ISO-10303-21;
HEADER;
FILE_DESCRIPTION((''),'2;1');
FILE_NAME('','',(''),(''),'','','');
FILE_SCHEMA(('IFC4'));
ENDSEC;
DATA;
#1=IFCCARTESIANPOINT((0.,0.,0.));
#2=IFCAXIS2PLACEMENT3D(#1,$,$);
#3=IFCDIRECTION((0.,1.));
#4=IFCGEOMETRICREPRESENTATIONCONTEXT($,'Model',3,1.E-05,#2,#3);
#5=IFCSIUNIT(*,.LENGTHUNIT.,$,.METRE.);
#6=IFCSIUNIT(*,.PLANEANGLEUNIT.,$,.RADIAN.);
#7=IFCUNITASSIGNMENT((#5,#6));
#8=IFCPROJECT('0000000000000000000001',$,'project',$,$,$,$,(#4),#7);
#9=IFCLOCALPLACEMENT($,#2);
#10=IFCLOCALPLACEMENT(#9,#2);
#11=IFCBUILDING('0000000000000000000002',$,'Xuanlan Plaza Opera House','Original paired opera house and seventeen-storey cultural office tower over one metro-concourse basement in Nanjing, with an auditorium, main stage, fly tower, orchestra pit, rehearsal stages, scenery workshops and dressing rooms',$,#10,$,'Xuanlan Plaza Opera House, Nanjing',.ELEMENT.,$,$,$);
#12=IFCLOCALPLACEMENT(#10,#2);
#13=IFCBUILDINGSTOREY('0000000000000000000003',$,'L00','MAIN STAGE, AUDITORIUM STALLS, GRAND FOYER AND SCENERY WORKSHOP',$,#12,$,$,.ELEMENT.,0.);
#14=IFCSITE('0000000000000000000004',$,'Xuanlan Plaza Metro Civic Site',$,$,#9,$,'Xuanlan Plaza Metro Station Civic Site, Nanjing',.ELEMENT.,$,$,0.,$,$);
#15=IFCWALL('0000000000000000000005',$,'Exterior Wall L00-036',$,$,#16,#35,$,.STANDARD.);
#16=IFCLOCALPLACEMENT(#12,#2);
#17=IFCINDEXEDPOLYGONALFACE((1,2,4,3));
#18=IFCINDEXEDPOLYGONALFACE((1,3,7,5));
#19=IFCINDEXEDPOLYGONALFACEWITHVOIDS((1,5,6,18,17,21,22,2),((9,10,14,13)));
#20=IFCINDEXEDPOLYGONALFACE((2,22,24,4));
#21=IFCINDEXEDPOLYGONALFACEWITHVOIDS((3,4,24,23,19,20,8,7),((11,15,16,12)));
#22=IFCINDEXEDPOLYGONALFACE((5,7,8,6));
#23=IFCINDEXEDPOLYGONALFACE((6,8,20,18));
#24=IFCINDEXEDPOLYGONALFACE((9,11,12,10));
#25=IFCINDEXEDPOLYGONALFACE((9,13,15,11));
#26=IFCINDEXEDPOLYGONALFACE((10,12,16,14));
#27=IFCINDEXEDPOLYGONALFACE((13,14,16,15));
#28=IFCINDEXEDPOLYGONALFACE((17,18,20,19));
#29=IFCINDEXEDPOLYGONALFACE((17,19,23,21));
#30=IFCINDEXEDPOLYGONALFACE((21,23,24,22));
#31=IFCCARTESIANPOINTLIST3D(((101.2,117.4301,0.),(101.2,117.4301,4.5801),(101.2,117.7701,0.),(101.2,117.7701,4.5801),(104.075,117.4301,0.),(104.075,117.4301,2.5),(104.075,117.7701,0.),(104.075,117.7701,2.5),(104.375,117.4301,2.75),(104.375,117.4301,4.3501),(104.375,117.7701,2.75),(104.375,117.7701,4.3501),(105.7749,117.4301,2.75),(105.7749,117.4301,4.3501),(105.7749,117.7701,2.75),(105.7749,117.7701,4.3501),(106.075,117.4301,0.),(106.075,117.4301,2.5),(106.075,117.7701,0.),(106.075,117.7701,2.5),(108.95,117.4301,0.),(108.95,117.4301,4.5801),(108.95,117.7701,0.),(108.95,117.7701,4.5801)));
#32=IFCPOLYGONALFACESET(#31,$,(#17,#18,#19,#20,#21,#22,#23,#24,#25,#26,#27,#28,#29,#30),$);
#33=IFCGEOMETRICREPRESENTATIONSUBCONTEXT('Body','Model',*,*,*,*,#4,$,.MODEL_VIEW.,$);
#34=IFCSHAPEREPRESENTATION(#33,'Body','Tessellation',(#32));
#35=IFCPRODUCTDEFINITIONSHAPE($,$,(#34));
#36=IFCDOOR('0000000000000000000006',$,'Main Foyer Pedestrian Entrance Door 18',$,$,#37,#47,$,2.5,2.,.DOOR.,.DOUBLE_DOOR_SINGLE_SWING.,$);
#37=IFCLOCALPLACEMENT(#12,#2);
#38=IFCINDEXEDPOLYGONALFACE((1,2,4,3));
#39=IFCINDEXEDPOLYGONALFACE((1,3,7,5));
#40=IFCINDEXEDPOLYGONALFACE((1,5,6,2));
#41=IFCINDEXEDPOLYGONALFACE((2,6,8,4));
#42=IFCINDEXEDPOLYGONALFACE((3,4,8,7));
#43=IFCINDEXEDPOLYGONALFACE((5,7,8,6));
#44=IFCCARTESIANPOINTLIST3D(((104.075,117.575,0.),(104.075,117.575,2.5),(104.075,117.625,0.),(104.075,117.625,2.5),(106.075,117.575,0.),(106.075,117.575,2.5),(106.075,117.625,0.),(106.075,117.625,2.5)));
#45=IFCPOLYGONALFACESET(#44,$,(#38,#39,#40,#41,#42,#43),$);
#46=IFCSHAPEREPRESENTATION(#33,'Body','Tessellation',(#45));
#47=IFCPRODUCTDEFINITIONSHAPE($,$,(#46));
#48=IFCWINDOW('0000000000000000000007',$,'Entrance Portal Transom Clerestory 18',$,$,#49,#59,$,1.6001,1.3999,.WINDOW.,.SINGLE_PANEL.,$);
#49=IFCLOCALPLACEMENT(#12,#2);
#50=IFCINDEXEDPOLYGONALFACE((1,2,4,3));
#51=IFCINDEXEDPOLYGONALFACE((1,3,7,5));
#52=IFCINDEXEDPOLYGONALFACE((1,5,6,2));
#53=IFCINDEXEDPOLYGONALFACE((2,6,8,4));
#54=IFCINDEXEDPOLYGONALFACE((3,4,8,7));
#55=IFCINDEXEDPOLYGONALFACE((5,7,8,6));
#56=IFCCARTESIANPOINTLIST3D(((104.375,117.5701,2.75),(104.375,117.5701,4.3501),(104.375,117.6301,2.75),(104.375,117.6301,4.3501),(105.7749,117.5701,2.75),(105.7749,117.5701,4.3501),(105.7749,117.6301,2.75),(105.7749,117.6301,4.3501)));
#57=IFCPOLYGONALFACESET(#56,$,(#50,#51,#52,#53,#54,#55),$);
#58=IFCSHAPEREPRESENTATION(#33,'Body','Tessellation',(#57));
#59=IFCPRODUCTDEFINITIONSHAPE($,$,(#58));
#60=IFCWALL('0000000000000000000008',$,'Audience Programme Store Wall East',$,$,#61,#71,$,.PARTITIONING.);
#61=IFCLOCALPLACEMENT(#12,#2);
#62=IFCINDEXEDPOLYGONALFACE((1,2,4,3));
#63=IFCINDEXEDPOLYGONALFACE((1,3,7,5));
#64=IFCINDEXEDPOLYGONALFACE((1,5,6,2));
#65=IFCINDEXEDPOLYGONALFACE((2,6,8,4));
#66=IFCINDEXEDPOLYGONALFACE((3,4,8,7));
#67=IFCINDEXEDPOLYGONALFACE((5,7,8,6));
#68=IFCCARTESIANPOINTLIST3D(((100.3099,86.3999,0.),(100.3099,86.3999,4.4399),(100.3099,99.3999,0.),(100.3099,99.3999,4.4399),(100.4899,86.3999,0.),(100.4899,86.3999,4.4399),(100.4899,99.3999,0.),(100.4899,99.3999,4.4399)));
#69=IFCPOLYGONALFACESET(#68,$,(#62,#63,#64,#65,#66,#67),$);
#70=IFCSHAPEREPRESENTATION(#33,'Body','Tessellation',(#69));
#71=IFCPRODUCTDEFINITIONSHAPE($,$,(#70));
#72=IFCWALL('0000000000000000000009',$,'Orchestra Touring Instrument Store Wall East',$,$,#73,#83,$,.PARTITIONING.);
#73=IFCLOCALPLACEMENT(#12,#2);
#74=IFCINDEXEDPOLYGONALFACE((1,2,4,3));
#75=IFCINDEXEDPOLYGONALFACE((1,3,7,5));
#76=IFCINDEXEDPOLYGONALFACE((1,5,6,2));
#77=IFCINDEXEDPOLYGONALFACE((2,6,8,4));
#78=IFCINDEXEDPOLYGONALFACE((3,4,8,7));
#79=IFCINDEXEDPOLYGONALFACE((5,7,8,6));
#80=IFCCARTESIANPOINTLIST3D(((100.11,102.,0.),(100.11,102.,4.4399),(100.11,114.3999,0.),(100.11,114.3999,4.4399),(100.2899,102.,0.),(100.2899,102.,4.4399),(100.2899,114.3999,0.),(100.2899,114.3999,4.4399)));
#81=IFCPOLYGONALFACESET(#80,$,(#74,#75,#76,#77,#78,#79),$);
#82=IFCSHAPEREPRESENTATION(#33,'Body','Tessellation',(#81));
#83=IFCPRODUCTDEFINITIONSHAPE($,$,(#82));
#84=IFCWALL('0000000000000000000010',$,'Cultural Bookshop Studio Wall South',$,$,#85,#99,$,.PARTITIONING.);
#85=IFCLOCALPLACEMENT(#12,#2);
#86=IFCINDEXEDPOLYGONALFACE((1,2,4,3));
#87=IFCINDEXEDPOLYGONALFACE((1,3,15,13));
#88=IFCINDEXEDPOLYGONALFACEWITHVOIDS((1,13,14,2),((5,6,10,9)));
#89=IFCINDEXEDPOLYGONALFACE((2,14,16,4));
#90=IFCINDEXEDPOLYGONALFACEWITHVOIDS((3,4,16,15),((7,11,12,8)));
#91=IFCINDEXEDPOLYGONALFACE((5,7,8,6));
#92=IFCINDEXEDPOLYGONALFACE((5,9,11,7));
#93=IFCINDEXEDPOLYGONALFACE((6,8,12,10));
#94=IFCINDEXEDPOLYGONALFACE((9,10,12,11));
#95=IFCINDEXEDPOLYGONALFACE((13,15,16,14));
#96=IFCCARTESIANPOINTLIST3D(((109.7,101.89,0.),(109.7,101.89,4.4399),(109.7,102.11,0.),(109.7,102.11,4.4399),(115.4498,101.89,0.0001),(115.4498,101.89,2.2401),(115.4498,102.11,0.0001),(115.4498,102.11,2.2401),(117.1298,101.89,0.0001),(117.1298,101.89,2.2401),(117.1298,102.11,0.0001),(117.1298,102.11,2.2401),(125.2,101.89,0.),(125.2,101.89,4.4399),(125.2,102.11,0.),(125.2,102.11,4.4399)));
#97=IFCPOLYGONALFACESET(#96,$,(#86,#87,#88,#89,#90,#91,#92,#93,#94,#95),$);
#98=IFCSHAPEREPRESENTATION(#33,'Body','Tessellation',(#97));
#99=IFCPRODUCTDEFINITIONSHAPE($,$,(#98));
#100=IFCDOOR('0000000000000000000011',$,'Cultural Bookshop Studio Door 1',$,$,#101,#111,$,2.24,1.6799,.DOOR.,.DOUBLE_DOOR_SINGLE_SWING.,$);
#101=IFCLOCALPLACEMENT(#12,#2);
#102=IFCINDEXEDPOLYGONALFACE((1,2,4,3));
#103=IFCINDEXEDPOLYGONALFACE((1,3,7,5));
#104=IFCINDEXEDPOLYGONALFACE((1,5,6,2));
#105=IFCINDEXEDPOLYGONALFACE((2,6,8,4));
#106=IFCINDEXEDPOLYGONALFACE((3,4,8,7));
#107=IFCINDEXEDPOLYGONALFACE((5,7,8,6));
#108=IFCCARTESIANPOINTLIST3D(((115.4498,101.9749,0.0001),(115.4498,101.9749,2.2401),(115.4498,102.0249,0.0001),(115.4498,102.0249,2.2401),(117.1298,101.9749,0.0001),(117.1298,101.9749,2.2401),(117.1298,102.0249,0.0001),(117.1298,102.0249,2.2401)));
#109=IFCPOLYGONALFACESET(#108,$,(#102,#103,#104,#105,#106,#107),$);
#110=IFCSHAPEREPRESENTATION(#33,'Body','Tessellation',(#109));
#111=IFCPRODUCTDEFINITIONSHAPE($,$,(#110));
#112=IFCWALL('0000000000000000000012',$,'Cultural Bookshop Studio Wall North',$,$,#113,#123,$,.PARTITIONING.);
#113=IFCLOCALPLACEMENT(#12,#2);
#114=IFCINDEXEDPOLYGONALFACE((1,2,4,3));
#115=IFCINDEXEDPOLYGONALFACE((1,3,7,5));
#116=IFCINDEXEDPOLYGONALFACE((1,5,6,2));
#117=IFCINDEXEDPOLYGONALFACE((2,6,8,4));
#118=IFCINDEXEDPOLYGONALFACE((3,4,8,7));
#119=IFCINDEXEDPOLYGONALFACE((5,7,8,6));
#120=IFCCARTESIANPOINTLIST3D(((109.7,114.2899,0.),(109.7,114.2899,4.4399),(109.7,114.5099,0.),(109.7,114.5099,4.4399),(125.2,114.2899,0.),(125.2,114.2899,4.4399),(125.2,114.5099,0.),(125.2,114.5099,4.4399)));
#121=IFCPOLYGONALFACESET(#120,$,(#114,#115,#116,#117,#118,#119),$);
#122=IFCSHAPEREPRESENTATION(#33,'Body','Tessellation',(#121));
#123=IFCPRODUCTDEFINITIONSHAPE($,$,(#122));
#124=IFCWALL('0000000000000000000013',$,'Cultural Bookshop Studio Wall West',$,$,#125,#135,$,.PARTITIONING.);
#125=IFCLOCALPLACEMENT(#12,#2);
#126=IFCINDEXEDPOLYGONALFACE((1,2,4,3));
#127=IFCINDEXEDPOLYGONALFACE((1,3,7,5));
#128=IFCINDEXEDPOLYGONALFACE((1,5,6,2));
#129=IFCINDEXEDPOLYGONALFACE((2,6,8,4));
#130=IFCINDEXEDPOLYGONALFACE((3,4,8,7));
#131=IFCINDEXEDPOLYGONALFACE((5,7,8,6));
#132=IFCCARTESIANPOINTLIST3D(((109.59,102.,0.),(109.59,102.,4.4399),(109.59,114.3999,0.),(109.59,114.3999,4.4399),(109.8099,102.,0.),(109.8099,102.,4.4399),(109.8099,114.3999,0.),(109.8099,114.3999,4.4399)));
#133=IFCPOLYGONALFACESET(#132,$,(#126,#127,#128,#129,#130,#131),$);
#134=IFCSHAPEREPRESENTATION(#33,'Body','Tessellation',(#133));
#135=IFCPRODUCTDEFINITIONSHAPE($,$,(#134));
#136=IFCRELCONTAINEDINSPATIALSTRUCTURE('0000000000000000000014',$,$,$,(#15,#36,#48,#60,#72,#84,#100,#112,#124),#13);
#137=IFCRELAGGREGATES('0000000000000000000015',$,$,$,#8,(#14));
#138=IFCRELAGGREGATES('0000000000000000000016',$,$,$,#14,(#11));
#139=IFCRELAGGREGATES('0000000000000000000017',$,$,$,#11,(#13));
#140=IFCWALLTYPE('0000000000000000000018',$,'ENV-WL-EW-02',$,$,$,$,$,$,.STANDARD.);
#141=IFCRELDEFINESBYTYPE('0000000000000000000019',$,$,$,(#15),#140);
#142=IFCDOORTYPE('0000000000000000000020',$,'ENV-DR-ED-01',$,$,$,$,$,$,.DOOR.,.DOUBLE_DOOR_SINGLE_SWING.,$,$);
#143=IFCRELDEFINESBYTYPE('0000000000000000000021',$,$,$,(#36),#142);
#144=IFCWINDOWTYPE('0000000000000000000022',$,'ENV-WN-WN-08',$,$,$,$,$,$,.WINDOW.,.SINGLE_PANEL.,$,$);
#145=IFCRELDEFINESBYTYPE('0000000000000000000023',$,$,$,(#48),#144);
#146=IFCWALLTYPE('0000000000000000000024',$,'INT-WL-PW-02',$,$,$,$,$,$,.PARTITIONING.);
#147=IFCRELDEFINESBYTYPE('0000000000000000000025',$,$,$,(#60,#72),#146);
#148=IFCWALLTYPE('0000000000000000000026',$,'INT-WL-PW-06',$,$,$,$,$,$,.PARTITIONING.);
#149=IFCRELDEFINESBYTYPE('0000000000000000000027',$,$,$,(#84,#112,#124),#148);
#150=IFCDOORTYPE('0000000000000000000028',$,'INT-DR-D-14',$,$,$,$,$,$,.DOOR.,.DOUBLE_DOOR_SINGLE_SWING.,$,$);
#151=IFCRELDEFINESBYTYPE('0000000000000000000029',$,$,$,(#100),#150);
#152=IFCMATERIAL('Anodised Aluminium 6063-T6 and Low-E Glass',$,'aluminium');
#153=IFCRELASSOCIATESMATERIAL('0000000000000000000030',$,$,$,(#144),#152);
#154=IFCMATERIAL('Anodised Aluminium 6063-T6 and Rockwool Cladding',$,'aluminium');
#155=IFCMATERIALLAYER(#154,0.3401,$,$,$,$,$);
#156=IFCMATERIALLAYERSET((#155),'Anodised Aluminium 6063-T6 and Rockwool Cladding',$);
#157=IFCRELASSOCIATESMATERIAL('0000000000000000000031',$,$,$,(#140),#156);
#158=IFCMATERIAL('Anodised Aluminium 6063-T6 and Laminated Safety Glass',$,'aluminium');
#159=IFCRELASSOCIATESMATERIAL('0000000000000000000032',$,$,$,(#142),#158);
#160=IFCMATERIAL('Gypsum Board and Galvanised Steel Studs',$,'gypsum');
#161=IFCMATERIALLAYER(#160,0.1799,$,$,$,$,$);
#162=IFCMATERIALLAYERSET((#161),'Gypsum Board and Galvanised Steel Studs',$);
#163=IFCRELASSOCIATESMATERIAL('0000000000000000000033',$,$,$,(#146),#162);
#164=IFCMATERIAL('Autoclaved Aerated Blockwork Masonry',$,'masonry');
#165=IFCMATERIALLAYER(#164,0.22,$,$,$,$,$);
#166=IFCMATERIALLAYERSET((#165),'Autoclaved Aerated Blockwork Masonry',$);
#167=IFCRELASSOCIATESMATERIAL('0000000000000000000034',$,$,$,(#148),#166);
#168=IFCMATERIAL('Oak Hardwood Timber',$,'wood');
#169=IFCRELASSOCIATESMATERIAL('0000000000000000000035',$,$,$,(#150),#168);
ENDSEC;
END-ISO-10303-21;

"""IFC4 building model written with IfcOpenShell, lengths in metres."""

from ifc_helpers import new_model, si_unit, direction, frame, frame_2d, origin, place, context, subcontext, project, spatial, rectangle, extrude, material, layer, layer_set, type_object, element, fill, save


model = new_model("IFC4")

# Units and contexts
model_context = context("Model", 3, precision=1e-05, world=origin(), true_north=direction((0.0, 1.0)))
body_context = subcontext(model_context, "Body", "Model", "MODEL_VIEW")
ifc_project = project(units=[si_unit("LENGTHUNIT", "METRE"), si_unit("PLANEANGLEUNIT", "RADIAN")], contexts=[model_context])

# Site, building, storey
site_placement = place(None, origin())
site = spatial("IfcSite", under=ifc_project, at=site_placement, Name="Xuanlan Plaza Metro Civic Site", LongName="Xuanlan Plaza Metro Station Civic Site, Nanjing", CompositionType="ELEMENT", RefElevation=0.0)
building_placement = place(site_placement, origin())
building = spatial("IfcBuilding", under=site, at=building_placement, Name="Xuanlan Plaza Opera House", Description="Original paired opera house and seventeen-storey cultural office tower over one metro-concourse basement in Nanjing, with an auditorium, main stage, fly tower, orchestra pit, rehearsal stages, scenery workshops and dressing rooms", LongName="Xuanlan Plaza Opera House, Nanjing", CompositionType="ELEMENT")
storey_placement = place(building_placement, origin())
storey = spatial("IfcBuildingStorey", under=building, at=storey_placement, Name="L00", Description="MAIN STAGE, AUDITORIUM STALLS, GRAND FOYER AND SCENERY WORKSHOP", CompositionType="ELEMENT", Elevation=0.0)

# Wall, openings, door, window
ifc_material_1 = material(Name="Anodised Aluminium 6063-T6 and Rockwool Cladding", Category="aluminium")
ifc_material_2 = material(Name="Anodised Aluminium 6063-T6 and Laminated Safety Glass", Category="aluminium")
ifc_material_3 = material(Name="Anodised Aluminium 6063-T6 and Low-E Glass", Category="aluminium")
window_type = type_object("IfcWindowType", Name="ENV-WN-WN-08", PartitioningType="SINGLE_PANEL", PredefinedType="WINDOW", material=ifc_material_3)
ifc_layer_1 = layer(ifc_material_1, 0.3401)
ifc_layer_set_1 = layer_set([ifc_layer_1], Name="Anodised Aluminium 6063-T6 and Rockwool Cladding")
wall_type_1 = type_object("IfcWallType", Name="ENV-WL-EW-02", PredefinedType="STANDARD", material=ifc_layer_set_1)
wall_1_placement = place(storey_placement, frame((108.95, 117.6001, 0.0), z_axis=(0.0, 0.0, 1.0), x_axis=(-1.0, 0.0, 0.0)))
wall_1 = element("IfcWall", 1, at=wall_1_placement, inside=storey, type_object=wall_type_1, Name="Exterior Wall L00-036", PredefinedType="STANDARD", context=body_context, shape_type="SweptSolid", body=[
    extrude(rectangle(XDim=7.75, YDim=0.3401, at=frame_2d((3.875, 0.0))), origin(), (0.0, 0.0, 1.0), 4.5801),
])
opening_1_placement = place(wall_1_placement, frame((2.875, 0.0, 0.0)))
opening_1 = element("IfcOpeningElement", 2, at=opening_1_placement, cuts=wall_1, PredefinedType="OPENING", context=body_context, shape_type="SweptSolid", body=[
    extrude(rectangle(XDim=2.0, YDim=2.5, at=frame_2d((1.0, 1.25))), frame((0.0, 0.1799, 0.0), z_axis=(0.0, -1.0, 0.0), x_axis=(1.0, 0.0, 0.0)), (0.0, 0.0, 1.0), 0.3601),
])
opening_2_placement = place(wall_1_placement, frame((3.175, 0.0, 2.75)))
opening_2 = element("IfcOpeningElement", 3, at=opening_2_placement, cuts=wall_1, PredefinedType="OPENING", context=body_context, shape_type="SweptSolid", body=[
    extrude(rectangle(XDim=1.3999, YDim=1.6001, at=frame_2d((0.7, 0.8))), frame((0.0, 0.1799, 0.0), z_axis=(0.0, -1.0, 0.0), x_axis=(1.0, 0.0, 0.0)), (0.0, 0.0, 1.0), 0.3601),
])
door_type_1 = type_object("IfcDoorType", Name="ENV-DR-ED-01", OperationType="DOUBLE_DOOR_SINGLE_SWING", PredefinedType="DOOR", material=ifc_material_2)
door_1_placement = place(opening_1_placement, frame((2.0, 0.0, 0.0), z_axis=(0.0, 0.0, 1.0), x_axis=(-1.0, 0.0, 0.0)))
door_1 = element("IfcDoor", 4, at=door_1_placement, inside=storey, type_object=door_type_1, Name="Main Foyer Pedestrian Entrance Door 18", OperationType="DOUBLE_DOOR_SINGLE_SWING", OverallHeight=2.5, OverallWidth=2.0, PredefinedType="DOOR", context=body_context, shape_type="SweptSolid", body=[
    extrude(rectangle(XDim=2.0, YDim=2.5, at=frame_2d((1.0, 1.25))), frame((0.0, 0.0249, 0.0), z_axis=(0.0, -1.0, 0.0), x_axis=(1.0, 0.0, 0.0)), (0.0, 0.0, 1.0), 0.05),
])
fill(opening_1, door_1)
window_1_placement = place(opening_2_placement, origin())
window_1 = element("IfcWindow", 5, at=window_1_placement, inside=storey, type_object=window_type, Name="Entrance Portal Transom Clerestory 18", OverallHeight=1.6001, OverallWidth=1.3999, PartitioningType="SINGLE_PANEL", PredefinedType="WINDOW", context=body_context, shape_type="SweptSolid", body=[
    extrude(rectangle(XDim=1.3999, YDim=1.6001, at=frame_2d((0.7, 0.8))), frame((0.0, 0.03, 0.0), z_axis=(0.0, -1.0, 0.0), x_axis=(1.0, 0.0, 0.0)), (0.0, 0.0, 1.0), 0.0601),
])
fill(opening_2, window_1)

# Walls
ifc_material_4 = material(Name="Gypsum Board and Galvanised Steel Studs", Category="gypsum")
ifc_layer_2 = layer(ifc_material_4, 0.1799)
ifc_layer_set_2 = layer_set([ifc_layer_2], Name="Gypsum Board and Galvanised Steel Studs")
wall_type_2 = type_object("IfcWallType", Name="INT-WL-PW-02", PredefinedType="PARTITIONING", material=ifc_layer_set_2)
wall_2_placement = place(storey_placement, frame((100.3999, 86.3999, 0.0), z_axis=(0.0, 0.0, 1.0), x_axis=(0.0, 1.0, 0.0)))
element("IfcWall", 6, at=wall_2_placement, inside=storey, type_object=wall_type_2, Name="Audience Programme Store Wall East", PredefinedType="PARTITIONING", context=body_context, shape_type="SweptSolid", body=[
    extrude(rectangle(XDim=13.0, YDim=0.1799, at=frame_2d((6.5, 0.0))), origin(), (0.0, 0.0, 1.0), 4.4399),
])
wall_3_placement = place(storey_placement, frame((100.2, 102.0, 0.0), z_axis=(0.0, 0.0, 1.0), x_axis=(0.0, 1.0, 0.0)))
element("IfcWall", 7, at=wall_3_placement, inside=storey, type_object=wall_type_2, Name="Orchestra Touring Instrument Store Wall East", PredefinedType="PARTITIONING", context=body_context, shape_type="SweptSolid", body=[
    extrude(rectangle(XDim=12.3999, YDim=0.1799, at=frame_2d((6.2, 0.0))), origin(), (0.0, 0.0, 1.0), 4.4399),
])

# Wall, opening, door
ifc_material_5 = material(Name="Autoclaved Aerated Blockwork Masonry", Category="masonry")
ifc_layer_3 = layer(ifc_material_5, 0.22)
ifc_layer_set_3 = layer_set([ifc_layer_3], Name="Autoclaved Aerated Blockwork Masonry")
wall_type_3 = type_object("IfcWallType", Name="INT-WL-PW-06", PredefinedType="PARTITIONING", material=ifc_layer_set_3)
wall_4_placement = place(storey_placement, frame((109.7, 102.0, 0.0), z_axis=(0.0, 0.0, 1.0), x_axis=(1.0, 0.0, 0.0)))
wall_4 = element("IfcWall", 8, at=wall_4_placement, inside=storey, type_object=wall_type_3, Name="Cultural Bookshop Studio Wall South", PredefinedType="PARTITIONING", context=body_context, shape_type="SweptSolid", body=[
    extrude(rectangle(XDim=15.5, YDim=0.22, at=frame_2d((7.75, 0.0))), origin(), (0.0, 0.0, 1.0), 4.4399),
])
opening_3_placement = place(wall_4_placement, frame((5.75, 0.0, 0.0)))
opening_3 = element("IfcOpeningElement", 9, at=opening_3_placement, cuts=wall_4, PredefinedType="OPENING", context=body_context, shape_type="SweptSolid", body=[
    extrude(rectangle(XDim=1.6799, YDim=2.24, at=frame_2d((0.8398, 1.1201))), frame((0.0, 0.1199, 0.0), z_axis=(0.0, -1.0, 0.0), x_axis=(1.0, 0.0, 0.0)), (0.0, 0.0, 1.0), 0.24),
])
ifc_material_6 = material(Name="Oak Hardwood Timber", Category="wood")
door_type_2 = type_object("IfcDoorType", Name="INT-DR-D-14", OperationType="DOUBLE_DOOR_SINGLE_SWING", PredefinedType="DOOR", material=ifc_material_6)
door_2_placement = place(opening_3_placement, origin())
door_2 = element("IfcDoor", 10, at=door_2_placement, inside=storey, type_object=door_type_2, Name="Cultural Bookshop Studio Door 1", OperationType="DOUBLE_DOOR_SINGLE_SWING", OverallHeight=2.24, OverallWidth=1.6799, PredefinedType="DOOR", context=body_context, shape_type="SweptSolid", body=[
    extrude(rectangle(XDim=1.6799, YDim=2.24, at=frame_2d((0.8398, 1.1201))), frame((0.0, 0.0249, 0.0), z_axis=(0.0, -1.0, 0.0), x_axis=(1.0, 0.0, 0.0)), (0.0, 0.0, 1.0), 0.05),
])
fill(opening_3, door_2)

# Walls
wall_5_placement = place(storey_placement, frame((109.7, 114.3999, 0.0), z_axis=(0.0, 0.0, 1.0), x_axis=(1.0, 0.0, 0.0)))
element("IfcWall", 11, at=wall_5_placement, inside=storey, type_object=wall_type_3, Name="Cultural Bookshop Studio Wall North", PredefinedType="PARTITIONING", context=body_context, shape_type="SweptSolid", body=[
    extrude(rectangle(XDim=15.5, YDim=0.22, at=frame_2d((7.75, 0.0))), origin(), (0.0, 0.0, 1.0), 4.4399),
])
wall_6_placement = place(storey_placement, frame((109.7, 102.0, 0.0), z_axis=(0.0, 0.0, 1.0), x_axis=(0.0, 1.0, 0.0)))
element("IfcWall", 12, at=wall_6_placement, inside=storey, type_object=wall_type_3, Name="Cultural Bookshop Studio Wall West", PredefinedType="PARTITIONING", context=body_context, shape_type="SweptSolid", body=[
    extrude(rectangle(XDim=12.3999, YDim=0.22, at=frame_2d((6.2, 0.0))), origin(), (0.0, 0.0, 1.0), 4.4399),
])

save(model, "model.ifc")
